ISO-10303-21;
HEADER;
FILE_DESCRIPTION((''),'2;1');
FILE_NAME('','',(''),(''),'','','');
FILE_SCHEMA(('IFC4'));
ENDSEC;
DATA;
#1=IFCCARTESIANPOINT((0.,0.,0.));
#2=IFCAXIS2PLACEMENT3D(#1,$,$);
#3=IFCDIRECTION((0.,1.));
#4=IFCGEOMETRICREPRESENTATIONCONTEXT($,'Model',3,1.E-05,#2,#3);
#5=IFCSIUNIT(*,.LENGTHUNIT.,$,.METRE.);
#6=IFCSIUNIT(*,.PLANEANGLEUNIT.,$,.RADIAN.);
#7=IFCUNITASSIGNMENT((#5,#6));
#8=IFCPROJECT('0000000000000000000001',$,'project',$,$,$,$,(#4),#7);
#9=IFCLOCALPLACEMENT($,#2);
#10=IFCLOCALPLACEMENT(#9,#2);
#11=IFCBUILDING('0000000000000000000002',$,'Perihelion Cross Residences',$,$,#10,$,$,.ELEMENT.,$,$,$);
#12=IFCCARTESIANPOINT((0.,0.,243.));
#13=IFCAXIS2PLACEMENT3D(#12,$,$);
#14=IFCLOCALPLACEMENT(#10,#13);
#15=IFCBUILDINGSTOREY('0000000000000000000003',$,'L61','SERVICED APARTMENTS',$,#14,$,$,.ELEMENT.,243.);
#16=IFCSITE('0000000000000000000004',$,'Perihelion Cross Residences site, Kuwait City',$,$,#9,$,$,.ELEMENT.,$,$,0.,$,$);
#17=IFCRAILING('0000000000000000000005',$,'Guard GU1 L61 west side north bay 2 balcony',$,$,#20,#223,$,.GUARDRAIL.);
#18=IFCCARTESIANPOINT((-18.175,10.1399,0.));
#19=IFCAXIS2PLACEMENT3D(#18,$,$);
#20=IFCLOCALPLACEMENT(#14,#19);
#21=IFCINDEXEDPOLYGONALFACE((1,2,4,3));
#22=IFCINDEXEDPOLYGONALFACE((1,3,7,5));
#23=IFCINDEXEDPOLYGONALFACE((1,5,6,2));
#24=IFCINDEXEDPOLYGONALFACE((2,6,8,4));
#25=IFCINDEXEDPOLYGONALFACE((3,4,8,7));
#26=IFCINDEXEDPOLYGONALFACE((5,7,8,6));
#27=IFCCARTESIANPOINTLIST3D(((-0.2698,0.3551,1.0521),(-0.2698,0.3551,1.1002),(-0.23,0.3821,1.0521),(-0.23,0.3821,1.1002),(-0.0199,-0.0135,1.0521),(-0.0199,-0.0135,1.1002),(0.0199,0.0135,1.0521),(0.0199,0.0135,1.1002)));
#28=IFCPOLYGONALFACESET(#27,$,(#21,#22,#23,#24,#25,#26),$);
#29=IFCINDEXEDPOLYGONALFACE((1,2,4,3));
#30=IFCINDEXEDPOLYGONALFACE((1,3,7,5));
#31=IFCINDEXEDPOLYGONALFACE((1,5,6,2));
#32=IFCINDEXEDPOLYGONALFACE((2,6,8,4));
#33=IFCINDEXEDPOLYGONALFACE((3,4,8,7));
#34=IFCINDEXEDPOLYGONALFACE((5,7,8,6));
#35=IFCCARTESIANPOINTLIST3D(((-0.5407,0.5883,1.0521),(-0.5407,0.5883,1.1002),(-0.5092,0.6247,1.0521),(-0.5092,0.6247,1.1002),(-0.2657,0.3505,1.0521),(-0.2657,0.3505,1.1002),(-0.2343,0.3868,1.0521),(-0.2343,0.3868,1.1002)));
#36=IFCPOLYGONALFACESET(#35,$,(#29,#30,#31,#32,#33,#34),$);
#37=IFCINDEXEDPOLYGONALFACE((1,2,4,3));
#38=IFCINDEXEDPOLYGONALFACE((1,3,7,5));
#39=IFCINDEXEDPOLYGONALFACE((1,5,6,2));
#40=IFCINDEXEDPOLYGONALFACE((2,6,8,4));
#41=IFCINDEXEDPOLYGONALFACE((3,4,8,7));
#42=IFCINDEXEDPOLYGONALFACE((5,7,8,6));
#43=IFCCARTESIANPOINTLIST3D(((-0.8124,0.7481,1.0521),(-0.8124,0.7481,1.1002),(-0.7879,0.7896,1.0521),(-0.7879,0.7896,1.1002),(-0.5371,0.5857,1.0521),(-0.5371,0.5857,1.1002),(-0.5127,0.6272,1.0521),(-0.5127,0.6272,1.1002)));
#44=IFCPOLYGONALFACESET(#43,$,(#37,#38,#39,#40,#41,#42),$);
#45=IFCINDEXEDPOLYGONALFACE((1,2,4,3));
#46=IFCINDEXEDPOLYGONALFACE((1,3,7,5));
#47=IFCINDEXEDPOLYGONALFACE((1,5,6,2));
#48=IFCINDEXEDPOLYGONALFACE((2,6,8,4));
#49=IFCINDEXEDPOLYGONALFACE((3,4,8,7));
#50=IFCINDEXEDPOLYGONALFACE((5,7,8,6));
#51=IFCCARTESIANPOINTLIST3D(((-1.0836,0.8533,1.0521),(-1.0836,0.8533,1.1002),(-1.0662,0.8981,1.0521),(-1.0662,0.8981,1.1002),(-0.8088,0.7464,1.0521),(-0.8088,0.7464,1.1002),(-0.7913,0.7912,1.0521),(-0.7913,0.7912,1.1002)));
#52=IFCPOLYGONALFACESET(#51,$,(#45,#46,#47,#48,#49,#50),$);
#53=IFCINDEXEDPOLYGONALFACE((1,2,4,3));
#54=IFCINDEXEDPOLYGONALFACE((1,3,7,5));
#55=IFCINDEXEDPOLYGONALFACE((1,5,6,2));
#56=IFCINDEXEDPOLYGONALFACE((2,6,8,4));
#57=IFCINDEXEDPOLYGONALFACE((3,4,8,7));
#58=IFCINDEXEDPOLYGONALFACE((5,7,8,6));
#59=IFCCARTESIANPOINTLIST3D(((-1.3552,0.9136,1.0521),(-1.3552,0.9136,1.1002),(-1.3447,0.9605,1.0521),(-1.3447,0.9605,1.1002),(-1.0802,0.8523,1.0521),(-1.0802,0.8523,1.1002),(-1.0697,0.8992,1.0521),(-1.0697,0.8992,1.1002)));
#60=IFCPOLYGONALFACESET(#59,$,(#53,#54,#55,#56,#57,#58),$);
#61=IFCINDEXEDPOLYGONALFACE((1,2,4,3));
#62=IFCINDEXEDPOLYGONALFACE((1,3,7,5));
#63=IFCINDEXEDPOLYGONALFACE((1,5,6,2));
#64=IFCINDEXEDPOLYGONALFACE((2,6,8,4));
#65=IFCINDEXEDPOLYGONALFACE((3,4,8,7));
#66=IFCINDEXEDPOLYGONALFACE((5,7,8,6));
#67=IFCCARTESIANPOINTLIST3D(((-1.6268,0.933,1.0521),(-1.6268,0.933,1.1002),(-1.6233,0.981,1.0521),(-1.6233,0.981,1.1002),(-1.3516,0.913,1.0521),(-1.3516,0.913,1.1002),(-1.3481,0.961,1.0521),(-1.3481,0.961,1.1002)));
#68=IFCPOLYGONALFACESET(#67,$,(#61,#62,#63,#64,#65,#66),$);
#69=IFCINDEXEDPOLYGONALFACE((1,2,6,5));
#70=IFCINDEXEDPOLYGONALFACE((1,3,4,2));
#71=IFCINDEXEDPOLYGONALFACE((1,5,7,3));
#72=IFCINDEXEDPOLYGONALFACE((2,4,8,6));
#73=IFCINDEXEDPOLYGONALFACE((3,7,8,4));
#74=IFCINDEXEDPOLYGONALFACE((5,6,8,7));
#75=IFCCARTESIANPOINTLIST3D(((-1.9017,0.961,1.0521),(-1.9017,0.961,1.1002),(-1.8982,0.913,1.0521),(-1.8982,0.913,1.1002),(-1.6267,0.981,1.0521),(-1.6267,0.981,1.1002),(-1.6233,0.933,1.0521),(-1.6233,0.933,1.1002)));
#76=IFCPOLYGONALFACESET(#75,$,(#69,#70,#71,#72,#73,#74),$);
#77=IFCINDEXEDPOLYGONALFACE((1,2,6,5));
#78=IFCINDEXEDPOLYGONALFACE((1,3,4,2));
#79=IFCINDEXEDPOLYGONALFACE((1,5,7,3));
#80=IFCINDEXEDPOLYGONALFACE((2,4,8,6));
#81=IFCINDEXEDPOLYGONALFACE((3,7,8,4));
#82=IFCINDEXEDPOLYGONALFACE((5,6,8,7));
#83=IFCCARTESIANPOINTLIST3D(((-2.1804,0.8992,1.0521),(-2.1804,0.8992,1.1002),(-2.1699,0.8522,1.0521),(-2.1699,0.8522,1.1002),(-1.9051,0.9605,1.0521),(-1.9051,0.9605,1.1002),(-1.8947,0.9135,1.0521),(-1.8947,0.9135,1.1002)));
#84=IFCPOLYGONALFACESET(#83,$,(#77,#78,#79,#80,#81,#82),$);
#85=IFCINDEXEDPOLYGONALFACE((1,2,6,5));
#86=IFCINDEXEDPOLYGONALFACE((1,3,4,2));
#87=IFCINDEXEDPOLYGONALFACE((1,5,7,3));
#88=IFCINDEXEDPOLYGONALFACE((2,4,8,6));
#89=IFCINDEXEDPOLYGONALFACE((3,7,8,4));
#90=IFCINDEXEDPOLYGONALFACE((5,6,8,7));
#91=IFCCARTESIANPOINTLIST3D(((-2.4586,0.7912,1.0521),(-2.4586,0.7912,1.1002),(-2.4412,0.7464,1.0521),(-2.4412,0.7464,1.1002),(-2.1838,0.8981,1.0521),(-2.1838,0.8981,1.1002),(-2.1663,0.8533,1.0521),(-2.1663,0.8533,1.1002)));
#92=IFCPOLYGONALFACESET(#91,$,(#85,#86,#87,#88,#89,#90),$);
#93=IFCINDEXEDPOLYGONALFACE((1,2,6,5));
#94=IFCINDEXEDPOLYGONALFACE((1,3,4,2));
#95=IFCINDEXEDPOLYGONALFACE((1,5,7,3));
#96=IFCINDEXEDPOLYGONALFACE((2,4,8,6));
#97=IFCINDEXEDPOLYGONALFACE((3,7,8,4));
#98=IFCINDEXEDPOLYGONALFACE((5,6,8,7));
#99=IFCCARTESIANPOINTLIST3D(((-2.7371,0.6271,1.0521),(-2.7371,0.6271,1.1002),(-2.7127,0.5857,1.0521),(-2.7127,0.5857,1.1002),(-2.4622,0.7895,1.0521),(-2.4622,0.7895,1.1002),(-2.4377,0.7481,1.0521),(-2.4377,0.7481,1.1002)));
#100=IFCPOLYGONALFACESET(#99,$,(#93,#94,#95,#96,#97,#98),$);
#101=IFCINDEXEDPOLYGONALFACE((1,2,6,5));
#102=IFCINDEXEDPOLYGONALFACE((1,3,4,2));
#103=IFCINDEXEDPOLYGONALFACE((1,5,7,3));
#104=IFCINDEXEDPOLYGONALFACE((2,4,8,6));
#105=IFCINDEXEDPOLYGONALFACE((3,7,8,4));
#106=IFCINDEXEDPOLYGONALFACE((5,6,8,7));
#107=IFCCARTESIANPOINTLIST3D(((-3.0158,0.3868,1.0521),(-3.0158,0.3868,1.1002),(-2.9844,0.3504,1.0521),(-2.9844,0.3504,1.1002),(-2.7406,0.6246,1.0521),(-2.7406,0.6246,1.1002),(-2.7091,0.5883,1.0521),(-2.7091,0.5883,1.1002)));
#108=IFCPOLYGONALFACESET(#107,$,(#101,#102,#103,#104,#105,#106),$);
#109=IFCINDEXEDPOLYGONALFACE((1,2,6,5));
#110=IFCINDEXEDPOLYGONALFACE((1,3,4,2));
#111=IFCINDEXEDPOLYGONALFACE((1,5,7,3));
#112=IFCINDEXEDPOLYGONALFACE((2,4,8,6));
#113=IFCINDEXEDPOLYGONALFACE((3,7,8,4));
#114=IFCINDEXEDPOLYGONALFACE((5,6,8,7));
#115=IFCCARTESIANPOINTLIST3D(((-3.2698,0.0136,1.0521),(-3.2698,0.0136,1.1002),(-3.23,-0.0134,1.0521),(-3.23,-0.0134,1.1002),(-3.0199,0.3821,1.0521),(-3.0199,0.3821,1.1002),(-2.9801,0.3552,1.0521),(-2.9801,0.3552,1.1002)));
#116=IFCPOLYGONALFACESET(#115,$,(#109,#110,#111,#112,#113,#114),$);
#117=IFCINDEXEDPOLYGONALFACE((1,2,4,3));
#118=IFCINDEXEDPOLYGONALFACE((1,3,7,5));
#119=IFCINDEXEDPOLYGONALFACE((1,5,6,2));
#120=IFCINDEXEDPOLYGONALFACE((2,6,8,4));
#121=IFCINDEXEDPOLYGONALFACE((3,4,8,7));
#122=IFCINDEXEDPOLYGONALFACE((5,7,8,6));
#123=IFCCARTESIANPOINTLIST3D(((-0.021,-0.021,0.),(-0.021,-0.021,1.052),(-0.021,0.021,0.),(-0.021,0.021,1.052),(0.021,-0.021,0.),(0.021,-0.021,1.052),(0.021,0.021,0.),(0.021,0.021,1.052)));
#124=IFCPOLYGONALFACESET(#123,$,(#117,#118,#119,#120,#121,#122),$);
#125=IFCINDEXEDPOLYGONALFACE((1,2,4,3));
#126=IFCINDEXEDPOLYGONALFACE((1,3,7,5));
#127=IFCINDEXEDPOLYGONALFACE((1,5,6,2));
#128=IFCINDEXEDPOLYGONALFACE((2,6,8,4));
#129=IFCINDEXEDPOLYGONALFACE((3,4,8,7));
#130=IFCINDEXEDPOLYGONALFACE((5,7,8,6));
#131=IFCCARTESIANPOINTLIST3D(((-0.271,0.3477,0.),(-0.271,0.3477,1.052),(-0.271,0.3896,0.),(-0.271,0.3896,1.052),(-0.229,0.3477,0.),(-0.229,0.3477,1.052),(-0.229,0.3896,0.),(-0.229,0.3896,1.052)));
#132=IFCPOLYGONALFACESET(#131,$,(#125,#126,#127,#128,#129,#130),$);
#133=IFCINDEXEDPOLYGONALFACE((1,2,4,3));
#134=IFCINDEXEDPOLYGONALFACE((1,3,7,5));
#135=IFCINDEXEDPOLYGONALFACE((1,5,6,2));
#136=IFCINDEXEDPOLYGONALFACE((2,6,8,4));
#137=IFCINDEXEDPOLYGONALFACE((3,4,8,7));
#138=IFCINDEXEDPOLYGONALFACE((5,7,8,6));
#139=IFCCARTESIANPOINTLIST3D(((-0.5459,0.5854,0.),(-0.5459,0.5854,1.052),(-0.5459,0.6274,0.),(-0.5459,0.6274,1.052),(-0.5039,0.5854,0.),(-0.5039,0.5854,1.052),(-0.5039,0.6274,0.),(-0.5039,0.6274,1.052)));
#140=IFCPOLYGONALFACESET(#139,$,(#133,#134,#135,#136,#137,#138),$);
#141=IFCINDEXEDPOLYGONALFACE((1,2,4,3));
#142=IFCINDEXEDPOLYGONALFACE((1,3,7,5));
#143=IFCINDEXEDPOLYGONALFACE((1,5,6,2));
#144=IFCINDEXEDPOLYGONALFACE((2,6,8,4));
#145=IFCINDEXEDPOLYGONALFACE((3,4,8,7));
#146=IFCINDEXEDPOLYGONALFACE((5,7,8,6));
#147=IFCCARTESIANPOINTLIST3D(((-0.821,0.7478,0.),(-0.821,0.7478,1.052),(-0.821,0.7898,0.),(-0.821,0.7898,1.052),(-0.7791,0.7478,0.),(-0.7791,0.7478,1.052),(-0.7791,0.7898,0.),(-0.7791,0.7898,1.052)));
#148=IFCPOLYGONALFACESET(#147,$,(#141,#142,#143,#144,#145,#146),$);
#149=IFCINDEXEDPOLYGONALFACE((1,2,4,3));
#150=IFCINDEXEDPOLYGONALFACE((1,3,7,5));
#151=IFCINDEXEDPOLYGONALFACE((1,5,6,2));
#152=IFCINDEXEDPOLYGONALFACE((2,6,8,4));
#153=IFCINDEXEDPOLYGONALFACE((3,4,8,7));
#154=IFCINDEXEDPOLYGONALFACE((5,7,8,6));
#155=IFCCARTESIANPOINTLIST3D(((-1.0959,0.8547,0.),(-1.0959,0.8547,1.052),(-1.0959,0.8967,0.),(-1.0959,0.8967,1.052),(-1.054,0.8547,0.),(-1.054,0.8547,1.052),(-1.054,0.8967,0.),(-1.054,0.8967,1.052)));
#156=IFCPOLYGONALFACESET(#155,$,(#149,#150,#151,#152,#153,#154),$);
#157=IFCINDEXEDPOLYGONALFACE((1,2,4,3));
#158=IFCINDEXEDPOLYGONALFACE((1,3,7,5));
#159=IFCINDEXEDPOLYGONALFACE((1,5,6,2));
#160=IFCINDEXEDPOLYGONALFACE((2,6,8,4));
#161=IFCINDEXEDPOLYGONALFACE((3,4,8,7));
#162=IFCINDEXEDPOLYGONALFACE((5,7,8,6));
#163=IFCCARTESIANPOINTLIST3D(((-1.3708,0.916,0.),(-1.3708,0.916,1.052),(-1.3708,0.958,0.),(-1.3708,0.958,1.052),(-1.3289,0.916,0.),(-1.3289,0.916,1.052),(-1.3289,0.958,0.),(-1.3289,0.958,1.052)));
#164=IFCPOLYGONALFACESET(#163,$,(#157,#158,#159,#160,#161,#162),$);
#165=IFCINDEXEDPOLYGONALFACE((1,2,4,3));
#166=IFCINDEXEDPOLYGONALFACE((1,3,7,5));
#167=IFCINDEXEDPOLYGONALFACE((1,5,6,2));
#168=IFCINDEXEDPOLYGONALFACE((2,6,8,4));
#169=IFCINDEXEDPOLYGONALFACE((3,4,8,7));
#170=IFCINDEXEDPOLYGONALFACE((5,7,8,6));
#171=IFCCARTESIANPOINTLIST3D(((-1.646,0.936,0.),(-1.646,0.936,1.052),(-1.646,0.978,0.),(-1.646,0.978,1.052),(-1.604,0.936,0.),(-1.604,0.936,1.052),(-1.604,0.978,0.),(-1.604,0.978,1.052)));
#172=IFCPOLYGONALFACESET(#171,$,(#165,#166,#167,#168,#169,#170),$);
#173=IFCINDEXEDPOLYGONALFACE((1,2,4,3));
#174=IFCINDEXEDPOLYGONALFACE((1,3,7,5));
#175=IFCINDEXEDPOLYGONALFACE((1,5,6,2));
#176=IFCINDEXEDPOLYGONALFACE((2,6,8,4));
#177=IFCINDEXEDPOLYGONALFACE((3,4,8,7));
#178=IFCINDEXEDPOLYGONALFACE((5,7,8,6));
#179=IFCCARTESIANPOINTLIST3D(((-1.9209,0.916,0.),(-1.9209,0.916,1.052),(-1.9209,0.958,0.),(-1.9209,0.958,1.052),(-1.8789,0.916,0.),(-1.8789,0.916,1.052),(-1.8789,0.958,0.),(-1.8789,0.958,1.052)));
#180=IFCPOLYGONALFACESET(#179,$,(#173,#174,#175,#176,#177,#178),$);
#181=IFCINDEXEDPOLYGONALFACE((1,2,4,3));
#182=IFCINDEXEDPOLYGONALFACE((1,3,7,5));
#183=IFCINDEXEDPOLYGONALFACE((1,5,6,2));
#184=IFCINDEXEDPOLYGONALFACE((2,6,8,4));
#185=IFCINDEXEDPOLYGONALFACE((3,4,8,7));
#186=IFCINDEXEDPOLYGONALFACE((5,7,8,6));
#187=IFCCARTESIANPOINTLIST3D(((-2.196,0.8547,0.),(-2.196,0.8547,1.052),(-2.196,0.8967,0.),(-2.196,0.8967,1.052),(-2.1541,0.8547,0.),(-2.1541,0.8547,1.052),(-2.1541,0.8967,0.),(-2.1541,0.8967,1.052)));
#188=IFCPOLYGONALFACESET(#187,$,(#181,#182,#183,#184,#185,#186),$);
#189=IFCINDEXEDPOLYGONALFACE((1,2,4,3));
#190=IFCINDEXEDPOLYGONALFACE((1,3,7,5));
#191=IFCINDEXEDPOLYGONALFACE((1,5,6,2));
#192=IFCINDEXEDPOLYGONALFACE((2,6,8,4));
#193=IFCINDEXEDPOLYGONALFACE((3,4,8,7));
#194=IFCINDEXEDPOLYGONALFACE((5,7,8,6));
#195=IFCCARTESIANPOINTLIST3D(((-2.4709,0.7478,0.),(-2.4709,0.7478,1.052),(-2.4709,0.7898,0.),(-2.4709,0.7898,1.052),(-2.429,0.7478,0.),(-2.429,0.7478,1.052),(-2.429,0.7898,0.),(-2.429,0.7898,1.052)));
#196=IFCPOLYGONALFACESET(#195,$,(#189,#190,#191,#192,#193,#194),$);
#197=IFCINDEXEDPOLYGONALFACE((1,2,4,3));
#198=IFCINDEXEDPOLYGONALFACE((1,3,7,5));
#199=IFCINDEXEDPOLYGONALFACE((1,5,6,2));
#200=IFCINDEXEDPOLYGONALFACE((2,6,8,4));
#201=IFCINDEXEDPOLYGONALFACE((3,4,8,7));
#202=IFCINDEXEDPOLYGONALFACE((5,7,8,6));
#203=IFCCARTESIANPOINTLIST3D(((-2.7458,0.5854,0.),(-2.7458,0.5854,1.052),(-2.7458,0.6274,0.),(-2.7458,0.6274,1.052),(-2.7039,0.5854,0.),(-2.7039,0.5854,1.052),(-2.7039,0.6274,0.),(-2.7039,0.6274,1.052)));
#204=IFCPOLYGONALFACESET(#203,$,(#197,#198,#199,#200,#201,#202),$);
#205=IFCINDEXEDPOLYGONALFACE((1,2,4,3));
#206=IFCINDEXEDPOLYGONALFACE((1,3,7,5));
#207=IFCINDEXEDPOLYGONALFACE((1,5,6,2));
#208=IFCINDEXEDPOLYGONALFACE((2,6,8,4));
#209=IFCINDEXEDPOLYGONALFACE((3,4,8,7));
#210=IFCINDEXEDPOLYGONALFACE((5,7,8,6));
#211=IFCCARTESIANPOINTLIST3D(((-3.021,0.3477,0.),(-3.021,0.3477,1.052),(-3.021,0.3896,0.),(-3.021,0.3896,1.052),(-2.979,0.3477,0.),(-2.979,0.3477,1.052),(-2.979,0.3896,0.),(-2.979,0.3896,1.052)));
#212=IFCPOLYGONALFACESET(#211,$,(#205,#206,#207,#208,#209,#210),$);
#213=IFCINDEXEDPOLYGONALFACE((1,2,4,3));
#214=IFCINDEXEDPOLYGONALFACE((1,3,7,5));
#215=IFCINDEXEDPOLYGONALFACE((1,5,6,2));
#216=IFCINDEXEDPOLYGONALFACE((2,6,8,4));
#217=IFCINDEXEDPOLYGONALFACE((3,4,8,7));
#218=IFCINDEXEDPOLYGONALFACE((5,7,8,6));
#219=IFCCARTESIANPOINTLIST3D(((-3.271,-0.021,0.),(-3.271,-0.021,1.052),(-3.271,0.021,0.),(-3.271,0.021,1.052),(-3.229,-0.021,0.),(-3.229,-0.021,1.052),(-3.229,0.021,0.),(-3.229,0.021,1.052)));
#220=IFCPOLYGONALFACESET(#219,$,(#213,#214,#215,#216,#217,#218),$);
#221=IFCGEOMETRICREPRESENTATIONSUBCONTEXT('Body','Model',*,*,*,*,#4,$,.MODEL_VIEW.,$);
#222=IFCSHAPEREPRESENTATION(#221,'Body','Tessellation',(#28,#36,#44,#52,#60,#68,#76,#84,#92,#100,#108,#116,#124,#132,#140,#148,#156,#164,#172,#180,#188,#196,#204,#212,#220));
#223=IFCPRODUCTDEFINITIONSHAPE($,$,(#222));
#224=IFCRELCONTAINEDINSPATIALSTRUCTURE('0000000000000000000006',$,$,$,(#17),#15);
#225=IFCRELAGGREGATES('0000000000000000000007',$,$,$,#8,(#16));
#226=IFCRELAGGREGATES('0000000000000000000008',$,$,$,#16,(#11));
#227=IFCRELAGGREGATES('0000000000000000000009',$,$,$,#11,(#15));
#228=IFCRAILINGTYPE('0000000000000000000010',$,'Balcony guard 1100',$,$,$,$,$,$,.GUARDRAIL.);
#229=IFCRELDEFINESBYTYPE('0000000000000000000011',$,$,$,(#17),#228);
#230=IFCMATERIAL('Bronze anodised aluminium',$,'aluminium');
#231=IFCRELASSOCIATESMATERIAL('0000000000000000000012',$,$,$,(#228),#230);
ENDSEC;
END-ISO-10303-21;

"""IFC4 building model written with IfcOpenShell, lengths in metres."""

from ifc_helpers import new_model, si_unit, direction, frame, origin, origin_2d, place, context, subcontext, project, spatial, rectangle, extrude, material, type_object, element, save


model = new_model("IFC4")

# Units and contexts
model_context = context("Model", 3, precision=1e-05, world=origin(), true_north=direction((0.0, 1.0)))
body_context = subcontext(model_context, "Body", "Model", "MODEL_VIEW")
ifc_project = project(units=[si_unit("LENGTHUNIT", "METRE"), si_unit("PLANEANGLEUNIT", "RADIAN")], contexts=[model_context])

# Site, building, storey
site_placement = place(None, origin())
site = spatial("IfcSite", under=ifc_project, at=site_placement, Name="Perihelion Cross Residences site, Kuwait City", CompositionType="ELEMENT", RefElevation=0.0)
building_placement = place(site_placement, origin())
building = spatial("IfcBuilding", under=site, at=building_placement, Name="Perihelion Cross Residences", CompositionType="ELEMENT")
storey_placement = place(building_placement, frame((0.0, 0.0, 243.0)))
storey = spatial("IfcBuildingStorey", under=building, at=storey_placement, Name="L61", Description="SERVICED APARTMENTS", CompositionType="ELEMENT", Elevation=243.0)

# Railing
ifc_material_1 = material(Name="Bronze anodised aluminium", Category="aluminium")
railing_type_1 = type_object("IfcRailingType", Name="Balcony guard 1100", PredefinedType="GUARDRAIL", material=ifc_material_1)
railing_1_placement = place(storey_placement, frame((-18.175, 10.1399, 0.0)))
element("IfcRailing", 1, at=railing_1_placement, inside=storey, type_object=railing_type_1, Name="Guard GU1 L61 west side north bay 2 balcony", PredefinedType="GUARDRAIL", context=body_context, shape_type="SweptSolid", body=[
    extrude(rectangle(XDim=0.0481, YDim=0.0481, at=origin_2d()), frame((0.0, 0.0, 1.0762), z_axis=(-0.56126, 0.827639, 0.0), x_axis=(-0.827639, -0.56126, 0.0)), (0.0, 0.0, 1.0), 0.4453),
    extrude(rectangle(XDim=0.0481, YDim=0.0481, at=origin_2d()), frame((-0.25, 0.3687, 1.0762), z_axis=(-0.756309, 0.654214, 0.0), x_axis=(-0.654214, -0.756309, 0.0)), (0.0, 0.0, 1.0), 0.3635),
    extrude(rectangle(XDim=0.0481, YDim=0.0481, at=origin_2d()), frame((-0.5249, 0.6064, 1.0762), z_axis=(-0.861246, 0.508189, 0.0), x_axis=(-0.508189, -0.861246, 0.0)), (0.0, 0.0, 1.0), 0.3196),
    extrude(rectangle(XDim=0.0481, YDim=0.0481, at=origin_2d()), frame((-0.8, 0.7688, 1.0762), z_axis=(-0.931974, 0.362526, 0.0), x_axis=(-0.362526, -0.931974, 0.0)), (0.0, 0.0, 1.0), 0.2949),
    extrude(rectangle(XDim=0.0481, YDim=0.0481, at=origin_2d()), frame((-1.075, 0.8757, 1.0762), z_axis=(-0.976044, 0.217573, 0.0), x_axis=(-0.217573, -0.976044, 0.0)), (0.0, 0.0, 1.0), 0.2817),
    extrude(rectangle(XDim=0.0481, YDim=0.0481, at=origin_2d()), frame((-1.3499, 0.937, 1.0762), z_axis=(-0.997363, 0.072568, 0.0), x_axis=(-0.072568, -0.997363, 0.0)), (0.0, 0.0, 1.0), 0.2759),
    extrude(rectangle(XDim=0.0481, YDim=0.0481, at=origin_2d()), frame((-1.625, 0.957, 1.0762), z_axis=(-0.997359, -0.072632, 0.0), x_axis=(0.072632, -0.997359, 0.0)), (0.0, 0.0, 1.0), 0.2756),
    extrude(rectangle(XDim=0.0481, YDim=0.0481, at=origin_2d()), frame((-1.8999, 0.937, 1.0762), z_axis=(-0.976085, -0.217389, 0.0), x_axis=(0.217389, -0.976085, 0.0)), (0.0, 0.0, 1.0), 0.282),
    extrude(rectangle(XDim=0.0481, YDim=0.0481, at=origin_2d()), frame((-2.175, 0.8757, 1.0762), z_axis=(-0.931974, -0.362526, 0.0), x_axis=(0.362526, -0.931974, 0.0)), (0.0, 0.0, 1.0), 0.2949),
    extrude(rectangle(XDim=0.0481, YDim=0.0481, at=origin_2d()), frame((-2.45, 0.7688, 1.0762), z_axis=(-0.861048, -0.508523, 0.0), x_axis=(0.508523, -0.861048, 0.0)), (0.0, 0.0, 1.0), 0.3193),
    extrude(rectangle(XDim=0.0481, YDim=0.0481, at=origin_2d()), frame((-2.7249, 0.6064, 1.0762), z_axis=(-0.756597, -0.653882, 0.0), x_axis=(0.653882, -0.756597, 0.0)), (0.0, 0.0, 1.0), 0.3638),
    extrude(rectangle(XDim=0.0481, YDim=0.0481, at=origin_2d()), frame((-3.0, 0.3687, 1.0762), z_axis=(-0.56126, -0.827639, 0.0), x_axis=(0.827639, -0.56126, 0.0)), (0.0, 0.0, 1.0), 0.4453),
    extrude(rectangle(XDim=0.042, YDim=0.042, at=origin_2d()), origin(), (0.0, 0.0, 1.0), 1.052),
    extrude(rectangle(XDim=0.042, YDim=0.042, at=origin_2d()), frame((-0.25, 0.3687, 0.0)), (0.0, 0.0, 1.0), 1.052),
    extrude(rectangle(XDim=0.042, YDim=0.042, at=origin_2d()), frame((-0.5249, 0.6064, 0.0)), (0.0, 0.0, 1.0), 1.052),
    extrude(rectangle(XDim=0.042, YDim=0.042, at=origin_2d()), frame((-0.8, 0.7688, 0.0)), (0.0, 0.0, 1.0), 1.052),
    extrude(rectangle(XDim=0.042, YDim=0.042, at=origin_2d()), frame((-1.075, 0.8757, 0.0)), (0.0, 0.0, 1.0), 1.052),
    extrude(rectangle(XDim=0.042, YDim=0.042, at=origin_2d()), frame((-1.3499, 0.937, 0.0)), (0.0, 0.0, 1.0), 1.052),
    extrude(rectangle(XDim=0.042, YDim=0.042, at=origin_2d()), frame((-1.625, 0.957, 0.0)), (0.0, 0.0, 1.0), 1.052),
    extrude(rectangle(XDim=0.042, YDim=0.042, at=origin_2d()), frame((-1.8999, 0.937, 0.0)), (0.0, 0.0, 1.0), 1.052),
    extrude(rectangle(XDim=0.042, YDim=0.042, at=origin_2d()), frame((-2.175, 0.8757, 0.0)), (0.0, 0.0, 1.0), 1.052),
    extrude(rectangle(XDim=0.042, YDim=0.042, at=origin_2d()), frame((-2.45, 0.7688, 0.0)), (0.0, 0.0, 1.0), 1.052),
    extrude(rectangle(XDim=0.042, YDim=0.042, at=origin_2d()), frame((-2.7249, 0.6064, 0.0)), (0.0, 0.0, 1.0), 1.052),
    extrude(rectangle(XDim=0.042, YDim=0.042, at=origin_2d()), frame((-3.0, 0.3687, 0.0)), (0.0, 0.0, 1.0), 1.052),
    extrude(rectangle(XDim=0.042, YDim=0.042, at=origin_2d()), frame((-3.25, 0.0, 0.0)), (0.0, 0.0, 1.0), 1.052),
])

save(model, "model.ifc")
